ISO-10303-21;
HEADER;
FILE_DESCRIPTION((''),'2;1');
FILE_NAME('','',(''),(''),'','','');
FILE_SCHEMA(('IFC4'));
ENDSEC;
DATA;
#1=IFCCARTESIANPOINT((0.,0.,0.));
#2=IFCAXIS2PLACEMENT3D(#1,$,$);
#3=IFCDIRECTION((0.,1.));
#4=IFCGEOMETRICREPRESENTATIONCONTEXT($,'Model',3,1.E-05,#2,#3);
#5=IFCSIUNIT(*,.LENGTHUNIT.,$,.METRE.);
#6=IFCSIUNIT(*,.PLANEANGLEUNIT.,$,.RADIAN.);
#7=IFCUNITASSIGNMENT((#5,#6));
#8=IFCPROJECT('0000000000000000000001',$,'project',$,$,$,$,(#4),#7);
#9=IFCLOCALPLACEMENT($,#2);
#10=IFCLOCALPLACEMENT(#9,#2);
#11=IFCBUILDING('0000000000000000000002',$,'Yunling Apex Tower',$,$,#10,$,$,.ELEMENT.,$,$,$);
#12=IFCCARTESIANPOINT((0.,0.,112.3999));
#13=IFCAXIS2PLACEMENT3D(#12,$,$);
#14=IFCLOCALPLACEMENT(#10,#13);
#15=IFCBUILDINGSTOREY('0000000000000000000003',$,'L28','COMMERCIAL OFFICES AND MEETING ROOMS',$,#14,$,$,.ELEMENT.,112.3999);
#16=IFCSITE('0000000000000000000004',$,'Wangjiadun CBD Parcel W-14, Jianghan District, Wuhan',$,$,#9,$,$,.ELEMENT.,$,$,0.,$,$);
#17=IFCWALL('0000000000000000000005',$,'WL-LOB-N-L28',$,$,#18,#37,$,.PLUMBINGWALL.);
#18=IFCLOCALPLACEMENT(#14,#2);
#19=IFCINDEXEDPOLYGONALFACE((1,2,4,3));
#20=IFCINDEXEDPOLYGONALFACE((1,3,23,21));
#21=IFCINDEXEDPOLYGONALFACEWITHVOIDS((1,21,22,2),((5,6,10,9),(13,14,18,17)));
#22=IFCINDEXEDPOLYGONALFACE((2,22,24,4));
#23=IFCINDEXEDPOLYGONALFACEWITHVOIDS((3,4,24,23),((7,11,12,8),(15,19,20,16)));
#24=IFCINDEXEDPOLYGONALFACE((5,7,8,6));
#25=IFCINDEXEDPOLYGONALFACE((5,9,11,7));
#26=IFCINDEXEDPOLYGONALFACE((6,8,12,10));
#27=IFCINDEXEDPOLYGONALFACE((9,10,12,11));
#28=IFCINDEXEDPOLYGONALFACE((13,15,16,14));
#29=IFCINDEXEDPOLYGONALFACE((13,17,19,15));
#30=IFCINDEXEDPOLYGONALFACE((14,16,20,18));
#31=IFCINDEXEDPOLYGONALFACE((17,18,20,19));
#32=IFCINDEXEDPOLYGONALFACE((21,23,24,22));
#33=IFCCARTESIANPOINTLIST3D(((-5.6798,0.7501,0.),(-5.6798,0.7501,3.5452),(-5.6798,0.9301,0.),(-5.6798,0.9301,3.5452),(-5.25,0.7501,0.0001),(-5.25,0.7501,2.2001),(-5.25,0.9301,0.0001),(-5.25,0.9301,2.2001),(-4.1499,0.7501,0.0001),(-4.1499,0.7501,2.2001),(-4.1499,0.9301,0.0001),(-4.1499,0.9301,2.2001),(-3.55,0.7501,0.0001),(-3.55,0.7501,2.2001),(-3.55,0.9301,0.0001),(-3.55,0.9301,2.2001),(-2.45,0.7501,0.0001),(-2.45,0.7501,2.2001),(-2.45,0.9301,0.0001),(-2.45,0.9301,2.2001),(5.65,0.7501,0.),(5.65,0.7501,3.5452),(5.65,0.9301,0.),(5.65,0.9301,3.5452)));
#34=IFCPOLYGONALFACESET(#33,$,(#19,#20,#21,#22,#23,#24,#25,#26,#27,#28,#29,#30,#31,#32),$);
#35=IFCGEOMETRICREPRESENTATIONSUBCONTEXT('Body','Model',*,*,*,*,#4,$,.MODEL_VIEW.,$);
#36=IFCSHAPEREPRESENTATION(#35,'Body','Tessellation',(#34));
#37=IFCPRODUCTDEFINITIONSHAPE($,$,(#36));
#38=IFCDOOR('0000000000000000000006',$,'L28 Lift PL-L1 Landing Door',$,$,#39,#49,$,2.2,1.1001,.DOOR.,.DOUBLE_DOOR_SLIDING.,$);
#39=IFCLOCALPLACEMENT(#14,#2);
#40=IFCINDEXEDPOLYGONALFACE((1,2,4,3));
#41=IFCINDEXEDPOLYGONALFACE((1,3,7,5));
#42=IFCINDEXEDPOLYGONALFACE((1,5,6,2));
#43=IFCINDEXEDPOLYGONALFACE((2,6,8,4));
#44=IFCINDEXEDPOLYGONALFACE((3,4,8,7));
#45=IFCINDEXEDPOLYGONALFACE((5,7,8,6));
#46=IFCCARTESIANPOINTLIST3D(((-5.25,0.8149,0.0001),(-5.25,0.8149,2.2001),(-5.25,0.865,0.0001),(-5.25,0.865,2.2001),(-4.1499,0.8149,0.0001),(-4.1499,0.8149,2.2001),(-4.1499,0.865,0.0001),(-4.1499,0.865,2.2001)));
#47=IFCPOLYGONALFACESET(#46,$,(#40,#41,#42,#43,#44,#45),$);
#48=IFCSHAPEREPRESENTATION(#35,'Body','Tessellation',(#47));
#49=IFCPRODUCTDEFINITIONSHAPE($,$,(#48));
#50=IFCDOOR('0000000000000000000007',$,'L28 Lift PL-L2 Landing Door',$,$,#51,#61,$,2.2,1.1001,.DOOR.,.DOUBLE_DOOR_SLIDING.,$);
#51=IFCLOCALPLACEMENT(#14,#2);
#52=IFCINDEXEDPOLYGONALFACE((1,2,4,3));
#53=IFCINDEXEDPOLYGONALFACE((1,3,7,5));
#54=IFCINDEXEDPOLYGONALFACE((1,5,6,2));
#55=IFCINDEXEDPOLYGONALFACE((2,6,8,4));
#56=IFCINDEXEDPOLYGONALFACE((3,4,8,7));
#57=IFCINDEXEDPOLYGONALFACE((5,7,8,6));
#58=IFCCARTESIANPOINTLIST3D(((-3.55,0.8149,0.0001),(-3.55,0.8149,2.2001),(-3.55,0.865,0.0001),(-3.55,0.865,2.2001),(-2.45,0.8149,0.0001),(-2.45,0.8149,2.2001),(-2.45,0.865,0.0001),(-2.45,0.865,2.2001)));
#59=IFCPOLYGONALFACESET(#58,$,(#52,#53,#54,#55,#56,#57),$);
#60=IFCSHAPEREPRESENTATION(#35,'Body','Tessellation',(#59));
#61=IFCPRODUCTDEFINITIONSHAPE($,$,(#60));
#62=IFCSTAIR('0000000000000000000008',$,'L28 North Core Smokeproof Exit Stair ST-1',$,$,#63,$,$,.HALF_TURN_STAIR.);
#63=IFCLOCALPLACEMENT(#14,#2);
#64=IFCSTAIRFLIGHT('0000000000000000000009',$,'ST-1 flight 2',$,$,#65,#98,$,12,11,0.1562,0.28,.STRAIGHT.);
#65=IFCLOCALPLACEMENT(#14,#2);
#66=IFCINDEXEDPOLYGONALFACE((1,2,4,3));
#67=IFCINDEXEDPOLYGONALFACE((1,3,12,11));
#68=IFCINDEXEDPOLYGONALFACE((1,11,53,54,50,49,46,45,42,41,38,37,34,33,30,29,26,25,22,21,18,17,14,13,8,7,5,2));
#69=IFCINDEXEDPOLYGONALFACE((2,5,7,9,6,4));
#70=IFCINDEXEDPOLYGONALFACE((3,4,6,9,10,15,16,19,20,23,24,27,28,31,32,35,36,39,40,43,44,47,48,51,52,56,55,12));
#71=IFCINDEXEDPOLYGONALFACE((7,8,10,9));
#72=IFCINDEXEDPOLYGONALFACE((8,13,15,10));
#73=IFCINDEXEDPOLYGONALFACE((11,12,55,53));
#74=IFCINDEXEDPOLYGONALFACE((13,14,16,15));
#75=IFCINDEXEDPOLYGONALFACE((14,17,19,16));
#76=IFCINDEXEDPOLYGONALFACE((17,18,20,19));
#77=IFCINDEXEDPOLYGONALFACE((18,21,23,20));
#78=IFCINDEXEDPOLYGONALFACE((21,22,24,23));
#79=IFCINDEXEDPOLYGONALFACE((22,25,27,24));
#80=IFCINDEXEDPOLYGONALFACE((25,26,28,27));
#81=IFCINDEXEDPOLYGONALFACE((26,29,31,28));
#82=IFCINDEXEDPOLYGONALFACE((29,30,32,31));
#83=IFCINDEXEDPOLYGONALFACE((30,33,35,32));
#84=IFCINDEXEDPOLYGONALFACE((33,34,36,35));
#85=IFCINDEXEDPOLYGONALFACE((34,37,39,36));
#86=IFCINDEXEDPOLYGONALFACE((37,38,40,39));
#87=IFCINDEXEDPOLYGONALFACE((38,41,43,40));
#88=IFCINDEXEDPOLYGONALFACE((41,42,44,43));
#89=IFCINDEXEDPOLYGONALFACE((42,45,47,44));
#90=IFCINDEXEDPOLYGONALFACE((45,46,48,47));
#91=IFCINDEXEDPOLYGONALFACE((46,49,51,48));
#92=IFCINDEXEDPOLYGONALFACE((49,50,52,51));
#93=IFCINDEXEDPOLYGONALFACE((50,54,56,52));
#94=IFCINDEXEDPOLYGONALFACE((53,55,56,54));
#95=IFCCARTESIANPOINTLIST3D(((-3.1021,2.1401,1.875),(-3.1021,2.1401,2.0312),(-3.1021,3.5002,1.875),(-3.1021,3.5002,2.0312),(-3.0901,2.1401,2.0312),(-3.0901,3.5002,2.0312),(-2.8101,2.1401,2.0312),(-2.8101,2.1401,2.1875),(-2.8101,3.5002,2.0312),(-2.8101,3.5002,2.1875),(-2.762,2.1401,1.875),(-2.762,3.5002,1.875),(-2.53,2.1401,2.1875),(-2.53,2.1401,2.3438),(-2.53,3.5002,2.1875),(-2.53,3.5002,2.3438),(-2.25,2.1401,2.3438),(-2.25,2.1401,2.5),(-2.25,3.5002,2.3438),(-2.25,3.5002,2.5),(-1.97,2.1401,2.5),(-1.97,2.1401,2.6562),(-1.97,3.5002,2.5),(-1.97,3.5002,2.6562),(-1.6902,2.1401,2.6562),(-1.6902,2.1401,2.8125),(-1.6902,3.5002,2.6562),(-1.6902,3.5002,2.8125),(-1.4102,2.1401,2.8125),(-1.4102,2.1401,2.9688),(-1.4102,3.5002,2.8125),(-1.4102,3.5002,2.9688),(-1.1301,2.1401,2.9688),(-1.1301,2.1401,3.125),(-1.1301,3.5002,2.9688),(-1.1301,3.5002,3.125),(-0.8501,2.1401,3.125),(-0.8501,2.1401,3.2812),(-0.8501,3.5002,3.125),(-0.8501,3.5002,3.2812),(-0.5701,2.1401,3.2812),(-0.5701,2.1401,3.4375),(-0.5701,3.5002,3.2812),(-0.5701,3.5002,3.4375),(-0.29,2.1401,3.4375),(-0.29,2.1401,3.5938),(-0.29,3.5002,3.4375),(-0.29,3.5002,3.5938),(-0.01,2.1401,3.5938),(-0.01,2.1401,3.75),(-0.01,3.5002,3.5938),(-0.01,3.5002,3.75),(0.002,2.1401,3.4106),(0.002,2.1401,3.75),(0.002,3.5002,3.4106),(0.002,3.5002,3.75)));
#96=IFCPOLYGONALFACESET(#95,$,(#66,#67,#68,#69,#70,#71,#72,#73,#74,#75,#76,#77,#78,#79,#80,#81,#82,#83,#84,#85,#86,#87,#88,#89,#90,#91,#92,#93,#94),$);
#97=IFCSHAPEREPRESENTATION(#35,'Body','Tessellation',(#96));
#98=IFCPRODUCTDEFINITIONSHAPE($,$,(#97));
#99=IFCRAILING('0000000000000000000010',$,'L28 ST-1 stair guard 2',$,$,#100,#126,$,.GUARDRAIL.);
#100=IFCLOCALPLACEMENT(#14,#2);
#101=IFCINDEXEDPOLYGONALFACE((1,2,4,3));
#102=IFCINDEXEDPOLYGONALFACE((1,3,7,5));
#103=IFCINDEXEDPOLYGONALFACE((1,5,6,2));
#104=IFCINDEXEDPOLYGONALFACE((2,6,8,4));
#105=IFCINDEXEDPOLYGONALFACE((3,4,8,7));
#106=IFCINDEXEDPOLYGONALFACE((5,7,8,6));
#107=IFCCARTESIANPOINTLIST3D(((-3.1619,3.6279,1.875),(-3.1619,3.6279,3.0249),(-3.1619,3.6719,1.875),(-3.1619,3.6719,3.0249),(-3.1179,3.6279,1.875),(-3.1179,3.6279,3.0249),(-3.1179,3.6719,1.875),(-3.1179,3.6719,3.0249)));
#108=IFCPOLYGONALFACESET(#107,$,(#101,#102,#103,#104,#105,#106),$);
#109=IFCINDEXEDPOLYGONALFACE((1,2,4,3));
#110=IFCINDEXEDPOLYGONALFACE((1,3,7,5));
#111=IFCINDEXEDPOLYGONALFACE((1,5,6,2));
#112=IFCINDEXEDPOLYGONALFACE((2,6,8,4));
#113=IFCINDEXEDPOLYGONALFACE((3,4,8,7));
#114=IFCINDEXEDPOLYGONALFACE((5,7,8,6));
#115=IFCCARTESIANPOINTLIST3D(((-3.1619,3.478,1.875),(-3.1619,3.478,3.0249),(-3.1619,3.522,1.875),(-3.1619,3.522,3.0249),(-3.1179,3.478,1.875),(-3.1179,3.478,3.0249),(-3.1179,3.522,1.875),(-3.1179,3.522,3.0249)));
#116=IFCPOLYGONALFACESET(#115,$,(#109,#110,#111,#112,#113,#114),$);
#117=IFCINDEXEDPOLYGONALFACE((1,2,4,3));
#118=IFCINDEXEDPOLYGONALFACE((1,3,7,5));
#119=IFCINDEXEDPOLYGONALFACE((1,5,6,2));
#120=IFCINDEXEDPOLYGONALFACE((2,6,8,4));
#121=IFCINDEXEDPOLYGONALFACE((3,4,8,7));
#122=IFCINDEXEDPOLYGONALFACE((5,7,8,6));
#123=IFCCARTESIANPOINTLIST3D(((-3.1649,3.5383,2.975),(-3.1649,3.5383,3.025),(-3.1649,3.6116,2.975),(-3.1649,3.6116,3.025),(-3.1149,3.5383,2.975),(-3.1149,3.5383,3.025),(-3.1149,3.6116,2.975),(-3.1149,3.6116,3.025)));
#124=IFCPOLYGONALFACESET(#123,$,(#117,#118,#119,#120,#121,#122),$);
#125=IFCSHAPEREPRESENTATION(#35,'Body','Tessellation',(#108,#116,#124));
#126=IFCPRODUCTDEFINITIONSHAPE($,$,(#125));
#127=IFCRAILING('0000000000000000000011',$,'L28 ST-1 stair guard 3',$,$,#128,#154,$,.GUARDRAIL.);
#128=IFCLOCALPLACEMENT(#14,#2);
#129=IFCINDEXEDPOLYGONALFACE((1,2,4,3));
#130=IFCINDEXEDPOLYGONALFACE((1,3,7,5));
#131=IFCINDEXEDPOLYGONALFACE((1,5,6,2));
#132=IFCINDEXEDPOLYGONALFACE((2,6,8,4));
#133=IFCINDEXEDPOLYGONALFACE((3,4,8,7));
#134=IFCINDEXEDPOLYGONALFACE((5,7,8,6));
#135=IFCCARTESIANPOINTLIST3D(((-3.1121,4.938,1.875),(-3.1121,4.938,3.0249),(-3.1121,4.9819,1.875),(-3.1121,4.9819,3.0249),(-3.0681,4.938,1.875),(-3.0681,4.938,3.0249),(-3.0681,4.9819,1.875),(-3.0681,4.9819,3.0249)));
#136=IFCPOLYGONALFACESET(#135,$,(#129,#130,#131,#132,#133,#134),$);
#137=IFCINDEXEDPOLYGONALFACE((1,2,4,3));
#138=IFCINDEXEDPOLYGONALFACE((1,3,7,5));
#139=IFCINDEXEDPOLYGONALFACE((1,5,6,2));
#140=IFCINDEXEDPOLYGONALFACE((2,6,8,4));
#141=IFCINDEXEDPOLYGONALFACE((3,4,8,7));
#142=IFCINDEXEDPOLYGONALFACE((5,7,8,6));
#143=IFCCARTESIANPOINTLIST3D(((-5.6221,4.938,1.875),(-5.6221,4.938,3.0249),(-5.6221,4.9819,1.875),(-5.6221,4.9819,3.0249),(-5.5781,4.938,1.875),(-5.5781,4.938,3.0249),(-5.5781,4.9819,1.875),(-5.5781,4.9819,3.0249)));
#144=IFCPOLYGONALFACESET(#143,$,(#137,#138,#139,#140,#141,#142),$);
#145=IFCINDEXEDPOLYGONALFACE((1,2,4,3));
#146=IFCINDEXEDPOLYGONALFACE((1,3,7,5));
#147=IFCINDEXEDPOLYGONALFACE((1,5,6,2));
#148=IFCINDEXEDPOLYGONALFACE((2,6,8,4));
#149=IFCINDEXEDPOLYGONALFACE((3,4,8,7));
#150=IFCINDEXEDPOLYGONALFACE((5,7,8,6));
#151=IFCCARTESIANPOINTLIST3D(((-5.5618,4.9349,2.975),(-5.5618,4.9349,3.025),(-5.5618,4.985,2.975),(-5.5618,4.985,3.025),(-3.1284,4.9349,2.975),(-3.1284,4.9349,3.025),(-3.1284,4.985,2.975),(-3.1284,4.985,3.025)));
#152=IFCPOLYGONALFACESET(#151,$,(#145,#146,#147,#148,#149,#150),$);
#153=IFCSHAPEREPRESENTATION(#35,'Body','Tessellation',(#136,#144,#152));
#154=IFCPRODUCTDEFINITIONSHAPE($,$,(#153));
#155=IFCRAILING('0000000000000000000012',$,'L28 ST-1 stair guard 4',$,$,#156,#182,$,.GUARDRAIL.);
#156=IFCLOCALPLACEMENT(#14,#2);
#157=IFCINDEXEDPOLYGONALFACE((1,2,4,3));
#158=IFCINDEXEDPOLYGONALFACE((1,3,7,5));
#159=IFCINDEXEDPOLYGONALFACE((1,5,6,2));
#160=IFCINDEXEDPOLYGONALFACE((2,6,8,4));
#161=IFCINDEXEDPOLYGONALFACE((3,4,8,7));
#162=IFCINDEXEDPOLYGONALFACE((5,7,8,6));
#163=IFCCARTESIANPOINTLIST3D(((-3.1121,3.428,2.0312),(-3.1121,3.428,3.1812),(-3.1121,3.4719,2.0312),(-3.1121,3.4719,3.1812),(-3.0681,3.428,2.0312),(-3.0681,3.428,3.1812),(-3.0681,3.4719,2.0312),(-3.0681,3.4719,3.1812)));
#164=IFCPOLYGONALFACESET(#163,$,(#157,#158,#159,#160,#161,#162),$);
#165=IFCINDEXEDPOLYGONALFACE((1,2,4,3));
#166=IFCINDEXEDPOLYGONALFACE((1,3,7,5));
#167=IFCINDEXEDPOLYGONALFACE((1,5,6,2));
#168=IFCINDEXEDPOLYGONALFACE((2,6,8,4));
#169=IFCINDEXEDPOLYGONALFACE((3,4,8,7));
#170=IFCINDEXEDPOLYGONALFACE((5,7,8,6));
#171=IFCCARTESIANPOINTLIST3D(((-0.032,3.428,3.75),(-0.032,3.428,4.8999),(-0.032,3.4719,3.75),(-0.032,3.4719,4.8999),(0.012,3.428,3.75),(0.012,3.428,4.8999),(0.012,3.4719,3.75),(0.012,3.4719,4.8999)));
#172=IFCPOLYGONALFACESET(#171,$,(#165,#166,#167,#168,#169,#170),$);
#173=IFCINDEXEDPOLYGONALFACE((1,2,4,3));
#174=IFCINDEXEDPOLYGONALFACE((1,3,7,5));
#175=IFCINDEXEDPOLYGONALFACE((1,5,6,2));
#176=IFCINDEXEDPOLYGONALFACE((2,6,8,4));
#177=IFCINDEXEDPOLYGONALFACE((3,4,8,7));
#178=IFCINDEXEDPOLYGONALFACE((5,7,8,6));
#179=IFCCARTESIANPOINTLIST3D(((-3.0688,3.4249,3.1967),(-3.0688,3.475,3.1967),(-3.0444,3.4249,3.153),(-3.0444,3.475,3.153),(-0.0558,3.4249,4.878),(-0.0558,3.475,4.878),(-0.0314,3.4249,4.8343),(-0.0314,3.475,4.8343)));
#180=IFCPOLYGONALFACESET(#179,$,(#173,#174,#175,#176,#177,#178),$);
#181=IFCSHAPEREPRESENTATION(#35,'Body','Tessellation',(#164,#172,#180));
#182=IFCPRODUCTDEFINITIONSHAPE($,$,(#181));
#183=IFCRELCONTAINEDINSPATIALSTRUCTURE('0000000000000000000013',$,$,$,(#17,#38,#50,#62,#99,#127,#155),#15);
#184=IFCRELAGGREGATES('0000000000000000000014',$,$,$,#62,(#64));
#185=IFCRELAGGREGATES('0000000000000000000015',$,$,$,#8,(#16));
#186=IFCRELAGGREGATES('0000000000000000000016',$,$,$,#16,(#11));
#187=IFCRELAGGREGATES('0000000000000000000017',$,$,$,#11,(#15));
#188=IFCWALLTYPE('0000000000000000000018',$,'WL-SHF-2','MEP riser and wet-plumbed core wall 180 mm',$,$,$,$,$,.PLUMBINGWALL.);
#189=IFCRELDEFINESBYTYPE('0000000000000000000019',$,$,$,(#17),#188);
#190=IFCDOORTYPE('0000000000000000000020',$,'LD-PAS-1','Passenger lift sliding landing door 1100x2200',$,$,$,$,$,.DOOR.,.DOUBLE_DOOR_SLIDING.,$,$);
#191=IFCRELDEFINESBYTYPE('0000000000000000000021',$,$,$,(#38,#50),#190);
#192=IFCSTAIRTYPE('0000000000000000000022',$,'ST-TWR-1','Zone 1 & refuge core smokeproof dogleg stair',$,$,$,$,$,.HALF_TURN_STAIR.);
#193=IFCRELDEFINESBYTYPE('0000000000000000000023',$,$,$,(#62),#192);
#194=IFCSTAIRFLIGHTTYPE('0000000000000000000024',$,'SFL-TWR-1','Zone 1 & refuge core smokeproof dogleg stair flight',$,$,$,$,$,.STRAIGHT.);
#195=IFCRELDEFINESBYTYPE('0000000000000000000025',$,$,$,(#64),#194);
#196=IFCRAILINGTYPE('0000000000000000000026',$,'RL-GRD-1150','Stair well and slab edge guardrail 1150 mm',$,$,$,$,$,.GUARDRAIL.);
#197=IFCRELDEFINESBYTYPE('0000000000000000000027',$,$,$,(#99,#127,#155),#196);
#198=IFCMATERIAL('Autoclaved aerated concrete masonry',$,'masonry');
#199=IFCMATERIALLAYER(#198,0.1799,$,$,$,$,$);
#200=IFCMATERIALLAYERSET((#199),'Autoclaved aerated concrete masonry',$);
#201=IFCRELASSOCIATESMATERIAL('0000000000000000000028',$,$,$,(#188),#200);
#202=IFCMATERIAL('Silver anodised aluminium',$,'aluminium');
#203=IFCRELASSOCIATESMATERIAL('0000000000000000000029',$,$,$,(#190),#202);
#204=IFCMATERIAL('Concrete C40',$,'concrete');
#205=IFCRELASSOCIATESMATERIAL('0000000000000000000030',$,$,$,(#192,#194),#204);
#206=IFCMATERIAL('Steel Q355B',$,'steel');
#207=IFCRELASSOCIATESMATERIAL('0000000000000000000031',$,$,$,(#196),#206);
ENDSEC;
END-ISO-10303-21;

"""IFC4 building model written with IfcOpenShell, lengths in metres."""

from ifc_helpers import new_model, si_unit, direction, frame, frame_2d, origin, origin_2d, place, context, subcontext, project, spatial, polyline, rectangle, outline, extrude, material, layer, layer_set, type_object, element, fill, aggregate, save


model = new_model("IFC4")

# Units and contexts
model_context = context("Model", 3, precision=1e-05, world=origin(), true_north=direction((0.0, 1.0)))
body_context = subcontext(model_context, "Body", "Model", "MODEL_VIEW")
ifc_project = project(units=[si_unit("LENGTHUNIT", "METRE"), si_unit("PLANEANGLEUNIT", "RADIAN")], contexts=[model_context])

# Site, building, storey
site_placement = place(None, origin())
site = spatial("IfcSite", under=ifc_project, at=site_placement, Name="Wangjiadun CBD Parcel W-14, Jianghan District, Wuhan", CompositionType="ELEMENT", RefElevation=0.0)
building_placement = place(site_placement, origin())
building = spatial("IfcBuilding", under=site, at=building_placement, Name="Yunling Apex Tower", CompositionType="ELEMENT")
storey_placement = place(building_placement, frame((0.0, 0.0, 112.3999)))
storey = spatial("IfcBuildingStorey", under=building, at=storey_placement, Name="L28", Description="COMMERCIAL OFFICES AND MEETING ROOMS", CompositionType="ELEMENT", Elevation=112.3999)

# Shared definitions
ifc_material_1 = material(Name="Steel Q355B", Category="steel")

# Shared definitions
ifc_material_2 = material(Name="Concrete C40", Category="concrete")
ifc_material_3 = material(Name="Autoclaved aerated concrete masonry", Category="masonry")
ifc_layer_1 = layer(ifc_material_3, 0.1799)
ifc_layer_set_1 = layer_set([ifc_layer_1], Name="Autoclaved aerated concrete masonry")
wall_type_1 = type_object("IfcWallType", Name="WL-SHF-2", Description="MEP riser and wet-plumbed core wall 180 mm", PredefinedType="PLUMBINGWALL", material=ifc_layer_set_1)

# Wall, openings, doors
wall_1_placement = place(storey_placement, frame((-5.6799, 0.8401, 0.0), z_axis=(0.0, 0.0, 1.0), x_axis=(1.0, 0.0, 0.0)))
wall_1 = element("IfcWall", 1, at=wall_1_placement, inside=storey, type_object=wall_type_1, Name="WL-LOB-N-L28", PredefinedType="PLUMBINGWALL", context=body_context, shape_type="SweptSolid", body=[
    extrude(rectangle(XDim=11.3298, YDim=0.1799, at=frame_2d((5.665, 0.0))), origin(), (0.0, 0.0, 1.0), 3.5452),
])
opening_1_placement = place(wall_1_placement, frame((0.4299, 0.0, 0.0)))
opening_1 = element("IfcOpeningElement", 2, at=opening_1_placement, cuts=wall_1, PredefinedType="OPENING", context=body_context, shape_type="SweptSolid", body=[
    extrude(rectangle(XDim=1.1001, YDim=2.2, at=frame_2d((0.55, 1.1001))), frame((0.0, 0.1001, 0.0), z_axis=(0.0, -1.0, 0.0), x_axis=(1.0, 0.0, 0.0)), (0.0, 0.0, 1.0), 0.2),
])
opening_2_placement = place(wall_1_placement, frame((2.1299, 0.0, 0.0)))
opening_2 = element("IfcOpeningElement", 3, at=opening_2_placement, cuts=wall_1, PredefinedType="OPENING", context=body_context, shape_type="SweptSolid", body=[
    extrude(rectangle(XDim=1.1001, YDim=2.2, at=frame_2d((0.55, 1.1001))), frame((0.0, 0.1001, 0.0), z_axis=(0.0, -1.0, 0.0), x_axis=(1.0, 0.0, 0.0)), (0.0, 0.0, 1.0), 0.2),
])
ifc_material_4 = material(Name="Silver anodised aluminium", Category="aluminium")
door_type_1 = type_object("IfcDoorType", Name="LD-PAS-1", Description="Passenger lift sliding landing door 1100x2200", OperationType="DOUBLE_DOOR_SLIDING", PredefinedType="DOOR", material=ifc_material_4)
door_1_placement = place(opening_1_placement, origin())
door_1 = element("IfcDoor", 4, at=door_1_placement, inside=storey, type_object=door_type_1, Name="L28 Lift PL-L1 Landing Door", OperationType="DOUBLE_DOOR_SLIDING", OverallHeight=2.2, OverallWidth=1.1001, PredefinedType="DOOR", context=body_context, shape_type="SweptSolid", body=[
    extrude(rectangle(XDim=1.1001, YDim=2.2, at=frame_2d((0.55, 1.1001))), frame((0.0, 0.0249, 0.0), z_axis=(0.0, -1.0, 0.0), x_axis=(1.0, 0.0, 0.0)), (0.0, 0.0, 1.0), 0.05),
])
fill(opening_1, door_1)
door_2_placement = place(opening_2_placement, origin())
door_2 = element("IfcDoor", 5, at=door_2_placement, inside=storey, type_object=door_type_1, Name="L28 Lift PL-L2 Landing Door", OperationType="DOUBLE_DOOR_SLIDING", OverallHeight=2.2, OverallWidth=1.1001, PredefinedType="DOOR", context=body_context, shape_type="SweptSolid", body=[
    extrude(rectangle(XDim=1.1001, YDim=2.2, at=frame_2d((0.55, 1.1001))), frame((0.0, 0.0249, 0.0), z_axis=(0.0, -1.0, 0.0), x_axis=(1.0, 0.0, 0.0)), (0.0, 0.0, 1.0), 0.05),
])
fill(opening_2, door_2)

# Stair, stair flight
stair_type = type_object("IfcStairType", Name="ST-TWR-1", Description="Zone 1 & refuge core smokeproof dogleg stair", PredefinedType="HALF_TURN_STAIR", material=ifc_material_2)
stair_placement = place(storey_placement, origin())
stair = element("IfcStair", 6, at=stair_placement, inside=storey, type_object=stair_type, Name="L28 North Core Smokeproof Exit Stair ST-1", PredefinedType="HALF_TURN_STAIR")
stair_flight_type = type_object("IfcStairFlightType", Name="SFL-TWR-1", Description="Zone 1 & refuge core smokeproof dogleg stair flight", PredefinedType="STRAIGHT", material=ifc_material_2)
stair_flight_placement = place(storey_placement, frame((-3.0901, 2.8201, 1.875), z_axis=(0.0, 0.0, 1.0), x_axis=(1.0, 0.0, 0.0)))
stair_flight = element("IfcStairFlight", 7, at=stair_flight_placement, type_object=stair_flight_type, Name="ST-1 flight 2", NumberOfRisers=12, NumberOfTreads=11, PredefinedType="STRAIGHT", RiserHeight=0.1562, TreadLength=0.28, context=body_context, shape_type="SweptSolid", body=[
    extrude(outline(polyline([(-0.012, 0.0), (-0.012, 0.1562), (0.0, 0.1562), (0.28, 0.1562), (0.28, 0.3125), (0.5601, 0.3125), (0.5601, 0.4688), (0.8401, 0.4688), (0.8401, 0.625), (1.1201, 0.625), (1.1201, 0.7812), (1.3999, 0.7812), (1.3999, 0.9375), (1.6799, 0.9375), (1.6799, 1.0938), (1.96, 1.0938), (1.96, 1.25), (2.24, 1.25), (2.24, 1.4062), (2.52, 1.4062), (2.52, 1.5625), (2.8, 1.5625), (2.8, 1.7188), (3.0801, 1.7188), (3.0801, 1.875), (3.092, 1.875), (3.092, 1.5356), (0.3281, 0.0), (-0.012, 0.0)])), frame((0.0, 0.6802, 0.0), z_axis=(0.0, -1.0, 0.0), x_axis=(1.0, 0.0, 0.0)), (0.0, 0.0, 1.0), 1.3601),
])
aggregate(stair, [stair_flight])

# Railings
railing_type_1 = type_object("IfcRailingType", Name="RL-GRD-1150", Description="Stair well and slab edge guardrail 1150 mm", PredefinedType="GUARDRAIL", material=ifc_material_1)
railing_1_placement = place(storey_placement, frame((-3.1399, 3.6499, 1.875)))
element("IfcRailing", 8, at=railing_1_placement, inside=storey, type_object=railing_type_1, Name="L28 ST-1 stair guard 2", PredefinedType="GUARDRAIL", context=body_context, shape_type="SweptSolid", body=[
    extrude(rectangle(XDim=0.0439, YDim=0.0439, at=origin_2d()), origin(), (0.0, 0.0, 1.0), 1.1499),
    extrude(rectangle(XDim=0.0439, YDim=0.0439, at=origin_2d()), frame((0.0, -0.1499, 0.0)), (0.0, 0.0, 1.0), 1.1499),
    extrude(rectangle(XDim=0.05, YDim=0.05, at=origin_2d()), frame((0.0, -0.0383, 1.125), z_axis=(0.0, -1.0, 0.0), x_axis=(1.0, 0.0, 0.0)), (0.0, 0.0, 1.0), 0.0732),
])
railing_2_placement = place(storey_placement, frame((-3.0901, 4.96, 1.875)))
element("IfcRailing", 9, at=railing_2_placement, inside=storey, type_object=railing_type_1, Name="L28 ST-1 stair guard 3", PredefinedType="GUARDRAIL", context=body_context, shape_type="SweptSolid", body=[
    extrude(rectangle(XDim=0.0439, YDim=0.0439, at=origin_2d()), origin(), (0.0, 0.0, 1.0), 1.1499),
    extrude(rectangle(XDim=0.0439, YDim=0.0439, at=origin_2d()), frame((-2.51, 0.0, 0.0)), (0.0, 0.0, 1.0), 1.1499),
    extrude(rectangle(XDim=0.05, YDim=0.05, at=origin_2d()), frame((-0.0383, 0.0, 1.125), z_axis=(-1.0, 0.0, 0.0), x_axis=(0.0, -1.0, 0.0)), (0.0, 0.0, 1.0), 2.4333),
])
railing_3_placement = place(storey_placement, frame((-3.0901, 3.45, 2.0312)))
element("IfcRailing", 10, at=railing_3_placement, inside=storey, type_object=railing_type_1, Name="L28 ST-1 stair guard 4", PredefinedType="GUARDRAIL", context=body_context, shape_type="SweptSolid", body=[
    extrude(rectangle(XDim=0.0439, YDim=0.0439, at=origin_2d()), origin(), (0.0, 0.0, 1.0), 1.1499),
    extrude(rectangle(XDim=0.0439, YDim=0.0439, at=origin_2d()), frame((3.0801, 0.0, 1.7188)), (0.0, 0.0, 1.0), 1.1499),
    extrude(rectangle(XDim=0.05, YDim=0.05, at=origin_2d()), frame((0.0334, 0.0, 1.1436), z_axis=(0.873242, 0.0, 0.487288), x_axis=(0.0, 1.0, 0.0)), (0.0, 0.0, 1.0), 3.4504),
])

save(model, "model.ifc")
